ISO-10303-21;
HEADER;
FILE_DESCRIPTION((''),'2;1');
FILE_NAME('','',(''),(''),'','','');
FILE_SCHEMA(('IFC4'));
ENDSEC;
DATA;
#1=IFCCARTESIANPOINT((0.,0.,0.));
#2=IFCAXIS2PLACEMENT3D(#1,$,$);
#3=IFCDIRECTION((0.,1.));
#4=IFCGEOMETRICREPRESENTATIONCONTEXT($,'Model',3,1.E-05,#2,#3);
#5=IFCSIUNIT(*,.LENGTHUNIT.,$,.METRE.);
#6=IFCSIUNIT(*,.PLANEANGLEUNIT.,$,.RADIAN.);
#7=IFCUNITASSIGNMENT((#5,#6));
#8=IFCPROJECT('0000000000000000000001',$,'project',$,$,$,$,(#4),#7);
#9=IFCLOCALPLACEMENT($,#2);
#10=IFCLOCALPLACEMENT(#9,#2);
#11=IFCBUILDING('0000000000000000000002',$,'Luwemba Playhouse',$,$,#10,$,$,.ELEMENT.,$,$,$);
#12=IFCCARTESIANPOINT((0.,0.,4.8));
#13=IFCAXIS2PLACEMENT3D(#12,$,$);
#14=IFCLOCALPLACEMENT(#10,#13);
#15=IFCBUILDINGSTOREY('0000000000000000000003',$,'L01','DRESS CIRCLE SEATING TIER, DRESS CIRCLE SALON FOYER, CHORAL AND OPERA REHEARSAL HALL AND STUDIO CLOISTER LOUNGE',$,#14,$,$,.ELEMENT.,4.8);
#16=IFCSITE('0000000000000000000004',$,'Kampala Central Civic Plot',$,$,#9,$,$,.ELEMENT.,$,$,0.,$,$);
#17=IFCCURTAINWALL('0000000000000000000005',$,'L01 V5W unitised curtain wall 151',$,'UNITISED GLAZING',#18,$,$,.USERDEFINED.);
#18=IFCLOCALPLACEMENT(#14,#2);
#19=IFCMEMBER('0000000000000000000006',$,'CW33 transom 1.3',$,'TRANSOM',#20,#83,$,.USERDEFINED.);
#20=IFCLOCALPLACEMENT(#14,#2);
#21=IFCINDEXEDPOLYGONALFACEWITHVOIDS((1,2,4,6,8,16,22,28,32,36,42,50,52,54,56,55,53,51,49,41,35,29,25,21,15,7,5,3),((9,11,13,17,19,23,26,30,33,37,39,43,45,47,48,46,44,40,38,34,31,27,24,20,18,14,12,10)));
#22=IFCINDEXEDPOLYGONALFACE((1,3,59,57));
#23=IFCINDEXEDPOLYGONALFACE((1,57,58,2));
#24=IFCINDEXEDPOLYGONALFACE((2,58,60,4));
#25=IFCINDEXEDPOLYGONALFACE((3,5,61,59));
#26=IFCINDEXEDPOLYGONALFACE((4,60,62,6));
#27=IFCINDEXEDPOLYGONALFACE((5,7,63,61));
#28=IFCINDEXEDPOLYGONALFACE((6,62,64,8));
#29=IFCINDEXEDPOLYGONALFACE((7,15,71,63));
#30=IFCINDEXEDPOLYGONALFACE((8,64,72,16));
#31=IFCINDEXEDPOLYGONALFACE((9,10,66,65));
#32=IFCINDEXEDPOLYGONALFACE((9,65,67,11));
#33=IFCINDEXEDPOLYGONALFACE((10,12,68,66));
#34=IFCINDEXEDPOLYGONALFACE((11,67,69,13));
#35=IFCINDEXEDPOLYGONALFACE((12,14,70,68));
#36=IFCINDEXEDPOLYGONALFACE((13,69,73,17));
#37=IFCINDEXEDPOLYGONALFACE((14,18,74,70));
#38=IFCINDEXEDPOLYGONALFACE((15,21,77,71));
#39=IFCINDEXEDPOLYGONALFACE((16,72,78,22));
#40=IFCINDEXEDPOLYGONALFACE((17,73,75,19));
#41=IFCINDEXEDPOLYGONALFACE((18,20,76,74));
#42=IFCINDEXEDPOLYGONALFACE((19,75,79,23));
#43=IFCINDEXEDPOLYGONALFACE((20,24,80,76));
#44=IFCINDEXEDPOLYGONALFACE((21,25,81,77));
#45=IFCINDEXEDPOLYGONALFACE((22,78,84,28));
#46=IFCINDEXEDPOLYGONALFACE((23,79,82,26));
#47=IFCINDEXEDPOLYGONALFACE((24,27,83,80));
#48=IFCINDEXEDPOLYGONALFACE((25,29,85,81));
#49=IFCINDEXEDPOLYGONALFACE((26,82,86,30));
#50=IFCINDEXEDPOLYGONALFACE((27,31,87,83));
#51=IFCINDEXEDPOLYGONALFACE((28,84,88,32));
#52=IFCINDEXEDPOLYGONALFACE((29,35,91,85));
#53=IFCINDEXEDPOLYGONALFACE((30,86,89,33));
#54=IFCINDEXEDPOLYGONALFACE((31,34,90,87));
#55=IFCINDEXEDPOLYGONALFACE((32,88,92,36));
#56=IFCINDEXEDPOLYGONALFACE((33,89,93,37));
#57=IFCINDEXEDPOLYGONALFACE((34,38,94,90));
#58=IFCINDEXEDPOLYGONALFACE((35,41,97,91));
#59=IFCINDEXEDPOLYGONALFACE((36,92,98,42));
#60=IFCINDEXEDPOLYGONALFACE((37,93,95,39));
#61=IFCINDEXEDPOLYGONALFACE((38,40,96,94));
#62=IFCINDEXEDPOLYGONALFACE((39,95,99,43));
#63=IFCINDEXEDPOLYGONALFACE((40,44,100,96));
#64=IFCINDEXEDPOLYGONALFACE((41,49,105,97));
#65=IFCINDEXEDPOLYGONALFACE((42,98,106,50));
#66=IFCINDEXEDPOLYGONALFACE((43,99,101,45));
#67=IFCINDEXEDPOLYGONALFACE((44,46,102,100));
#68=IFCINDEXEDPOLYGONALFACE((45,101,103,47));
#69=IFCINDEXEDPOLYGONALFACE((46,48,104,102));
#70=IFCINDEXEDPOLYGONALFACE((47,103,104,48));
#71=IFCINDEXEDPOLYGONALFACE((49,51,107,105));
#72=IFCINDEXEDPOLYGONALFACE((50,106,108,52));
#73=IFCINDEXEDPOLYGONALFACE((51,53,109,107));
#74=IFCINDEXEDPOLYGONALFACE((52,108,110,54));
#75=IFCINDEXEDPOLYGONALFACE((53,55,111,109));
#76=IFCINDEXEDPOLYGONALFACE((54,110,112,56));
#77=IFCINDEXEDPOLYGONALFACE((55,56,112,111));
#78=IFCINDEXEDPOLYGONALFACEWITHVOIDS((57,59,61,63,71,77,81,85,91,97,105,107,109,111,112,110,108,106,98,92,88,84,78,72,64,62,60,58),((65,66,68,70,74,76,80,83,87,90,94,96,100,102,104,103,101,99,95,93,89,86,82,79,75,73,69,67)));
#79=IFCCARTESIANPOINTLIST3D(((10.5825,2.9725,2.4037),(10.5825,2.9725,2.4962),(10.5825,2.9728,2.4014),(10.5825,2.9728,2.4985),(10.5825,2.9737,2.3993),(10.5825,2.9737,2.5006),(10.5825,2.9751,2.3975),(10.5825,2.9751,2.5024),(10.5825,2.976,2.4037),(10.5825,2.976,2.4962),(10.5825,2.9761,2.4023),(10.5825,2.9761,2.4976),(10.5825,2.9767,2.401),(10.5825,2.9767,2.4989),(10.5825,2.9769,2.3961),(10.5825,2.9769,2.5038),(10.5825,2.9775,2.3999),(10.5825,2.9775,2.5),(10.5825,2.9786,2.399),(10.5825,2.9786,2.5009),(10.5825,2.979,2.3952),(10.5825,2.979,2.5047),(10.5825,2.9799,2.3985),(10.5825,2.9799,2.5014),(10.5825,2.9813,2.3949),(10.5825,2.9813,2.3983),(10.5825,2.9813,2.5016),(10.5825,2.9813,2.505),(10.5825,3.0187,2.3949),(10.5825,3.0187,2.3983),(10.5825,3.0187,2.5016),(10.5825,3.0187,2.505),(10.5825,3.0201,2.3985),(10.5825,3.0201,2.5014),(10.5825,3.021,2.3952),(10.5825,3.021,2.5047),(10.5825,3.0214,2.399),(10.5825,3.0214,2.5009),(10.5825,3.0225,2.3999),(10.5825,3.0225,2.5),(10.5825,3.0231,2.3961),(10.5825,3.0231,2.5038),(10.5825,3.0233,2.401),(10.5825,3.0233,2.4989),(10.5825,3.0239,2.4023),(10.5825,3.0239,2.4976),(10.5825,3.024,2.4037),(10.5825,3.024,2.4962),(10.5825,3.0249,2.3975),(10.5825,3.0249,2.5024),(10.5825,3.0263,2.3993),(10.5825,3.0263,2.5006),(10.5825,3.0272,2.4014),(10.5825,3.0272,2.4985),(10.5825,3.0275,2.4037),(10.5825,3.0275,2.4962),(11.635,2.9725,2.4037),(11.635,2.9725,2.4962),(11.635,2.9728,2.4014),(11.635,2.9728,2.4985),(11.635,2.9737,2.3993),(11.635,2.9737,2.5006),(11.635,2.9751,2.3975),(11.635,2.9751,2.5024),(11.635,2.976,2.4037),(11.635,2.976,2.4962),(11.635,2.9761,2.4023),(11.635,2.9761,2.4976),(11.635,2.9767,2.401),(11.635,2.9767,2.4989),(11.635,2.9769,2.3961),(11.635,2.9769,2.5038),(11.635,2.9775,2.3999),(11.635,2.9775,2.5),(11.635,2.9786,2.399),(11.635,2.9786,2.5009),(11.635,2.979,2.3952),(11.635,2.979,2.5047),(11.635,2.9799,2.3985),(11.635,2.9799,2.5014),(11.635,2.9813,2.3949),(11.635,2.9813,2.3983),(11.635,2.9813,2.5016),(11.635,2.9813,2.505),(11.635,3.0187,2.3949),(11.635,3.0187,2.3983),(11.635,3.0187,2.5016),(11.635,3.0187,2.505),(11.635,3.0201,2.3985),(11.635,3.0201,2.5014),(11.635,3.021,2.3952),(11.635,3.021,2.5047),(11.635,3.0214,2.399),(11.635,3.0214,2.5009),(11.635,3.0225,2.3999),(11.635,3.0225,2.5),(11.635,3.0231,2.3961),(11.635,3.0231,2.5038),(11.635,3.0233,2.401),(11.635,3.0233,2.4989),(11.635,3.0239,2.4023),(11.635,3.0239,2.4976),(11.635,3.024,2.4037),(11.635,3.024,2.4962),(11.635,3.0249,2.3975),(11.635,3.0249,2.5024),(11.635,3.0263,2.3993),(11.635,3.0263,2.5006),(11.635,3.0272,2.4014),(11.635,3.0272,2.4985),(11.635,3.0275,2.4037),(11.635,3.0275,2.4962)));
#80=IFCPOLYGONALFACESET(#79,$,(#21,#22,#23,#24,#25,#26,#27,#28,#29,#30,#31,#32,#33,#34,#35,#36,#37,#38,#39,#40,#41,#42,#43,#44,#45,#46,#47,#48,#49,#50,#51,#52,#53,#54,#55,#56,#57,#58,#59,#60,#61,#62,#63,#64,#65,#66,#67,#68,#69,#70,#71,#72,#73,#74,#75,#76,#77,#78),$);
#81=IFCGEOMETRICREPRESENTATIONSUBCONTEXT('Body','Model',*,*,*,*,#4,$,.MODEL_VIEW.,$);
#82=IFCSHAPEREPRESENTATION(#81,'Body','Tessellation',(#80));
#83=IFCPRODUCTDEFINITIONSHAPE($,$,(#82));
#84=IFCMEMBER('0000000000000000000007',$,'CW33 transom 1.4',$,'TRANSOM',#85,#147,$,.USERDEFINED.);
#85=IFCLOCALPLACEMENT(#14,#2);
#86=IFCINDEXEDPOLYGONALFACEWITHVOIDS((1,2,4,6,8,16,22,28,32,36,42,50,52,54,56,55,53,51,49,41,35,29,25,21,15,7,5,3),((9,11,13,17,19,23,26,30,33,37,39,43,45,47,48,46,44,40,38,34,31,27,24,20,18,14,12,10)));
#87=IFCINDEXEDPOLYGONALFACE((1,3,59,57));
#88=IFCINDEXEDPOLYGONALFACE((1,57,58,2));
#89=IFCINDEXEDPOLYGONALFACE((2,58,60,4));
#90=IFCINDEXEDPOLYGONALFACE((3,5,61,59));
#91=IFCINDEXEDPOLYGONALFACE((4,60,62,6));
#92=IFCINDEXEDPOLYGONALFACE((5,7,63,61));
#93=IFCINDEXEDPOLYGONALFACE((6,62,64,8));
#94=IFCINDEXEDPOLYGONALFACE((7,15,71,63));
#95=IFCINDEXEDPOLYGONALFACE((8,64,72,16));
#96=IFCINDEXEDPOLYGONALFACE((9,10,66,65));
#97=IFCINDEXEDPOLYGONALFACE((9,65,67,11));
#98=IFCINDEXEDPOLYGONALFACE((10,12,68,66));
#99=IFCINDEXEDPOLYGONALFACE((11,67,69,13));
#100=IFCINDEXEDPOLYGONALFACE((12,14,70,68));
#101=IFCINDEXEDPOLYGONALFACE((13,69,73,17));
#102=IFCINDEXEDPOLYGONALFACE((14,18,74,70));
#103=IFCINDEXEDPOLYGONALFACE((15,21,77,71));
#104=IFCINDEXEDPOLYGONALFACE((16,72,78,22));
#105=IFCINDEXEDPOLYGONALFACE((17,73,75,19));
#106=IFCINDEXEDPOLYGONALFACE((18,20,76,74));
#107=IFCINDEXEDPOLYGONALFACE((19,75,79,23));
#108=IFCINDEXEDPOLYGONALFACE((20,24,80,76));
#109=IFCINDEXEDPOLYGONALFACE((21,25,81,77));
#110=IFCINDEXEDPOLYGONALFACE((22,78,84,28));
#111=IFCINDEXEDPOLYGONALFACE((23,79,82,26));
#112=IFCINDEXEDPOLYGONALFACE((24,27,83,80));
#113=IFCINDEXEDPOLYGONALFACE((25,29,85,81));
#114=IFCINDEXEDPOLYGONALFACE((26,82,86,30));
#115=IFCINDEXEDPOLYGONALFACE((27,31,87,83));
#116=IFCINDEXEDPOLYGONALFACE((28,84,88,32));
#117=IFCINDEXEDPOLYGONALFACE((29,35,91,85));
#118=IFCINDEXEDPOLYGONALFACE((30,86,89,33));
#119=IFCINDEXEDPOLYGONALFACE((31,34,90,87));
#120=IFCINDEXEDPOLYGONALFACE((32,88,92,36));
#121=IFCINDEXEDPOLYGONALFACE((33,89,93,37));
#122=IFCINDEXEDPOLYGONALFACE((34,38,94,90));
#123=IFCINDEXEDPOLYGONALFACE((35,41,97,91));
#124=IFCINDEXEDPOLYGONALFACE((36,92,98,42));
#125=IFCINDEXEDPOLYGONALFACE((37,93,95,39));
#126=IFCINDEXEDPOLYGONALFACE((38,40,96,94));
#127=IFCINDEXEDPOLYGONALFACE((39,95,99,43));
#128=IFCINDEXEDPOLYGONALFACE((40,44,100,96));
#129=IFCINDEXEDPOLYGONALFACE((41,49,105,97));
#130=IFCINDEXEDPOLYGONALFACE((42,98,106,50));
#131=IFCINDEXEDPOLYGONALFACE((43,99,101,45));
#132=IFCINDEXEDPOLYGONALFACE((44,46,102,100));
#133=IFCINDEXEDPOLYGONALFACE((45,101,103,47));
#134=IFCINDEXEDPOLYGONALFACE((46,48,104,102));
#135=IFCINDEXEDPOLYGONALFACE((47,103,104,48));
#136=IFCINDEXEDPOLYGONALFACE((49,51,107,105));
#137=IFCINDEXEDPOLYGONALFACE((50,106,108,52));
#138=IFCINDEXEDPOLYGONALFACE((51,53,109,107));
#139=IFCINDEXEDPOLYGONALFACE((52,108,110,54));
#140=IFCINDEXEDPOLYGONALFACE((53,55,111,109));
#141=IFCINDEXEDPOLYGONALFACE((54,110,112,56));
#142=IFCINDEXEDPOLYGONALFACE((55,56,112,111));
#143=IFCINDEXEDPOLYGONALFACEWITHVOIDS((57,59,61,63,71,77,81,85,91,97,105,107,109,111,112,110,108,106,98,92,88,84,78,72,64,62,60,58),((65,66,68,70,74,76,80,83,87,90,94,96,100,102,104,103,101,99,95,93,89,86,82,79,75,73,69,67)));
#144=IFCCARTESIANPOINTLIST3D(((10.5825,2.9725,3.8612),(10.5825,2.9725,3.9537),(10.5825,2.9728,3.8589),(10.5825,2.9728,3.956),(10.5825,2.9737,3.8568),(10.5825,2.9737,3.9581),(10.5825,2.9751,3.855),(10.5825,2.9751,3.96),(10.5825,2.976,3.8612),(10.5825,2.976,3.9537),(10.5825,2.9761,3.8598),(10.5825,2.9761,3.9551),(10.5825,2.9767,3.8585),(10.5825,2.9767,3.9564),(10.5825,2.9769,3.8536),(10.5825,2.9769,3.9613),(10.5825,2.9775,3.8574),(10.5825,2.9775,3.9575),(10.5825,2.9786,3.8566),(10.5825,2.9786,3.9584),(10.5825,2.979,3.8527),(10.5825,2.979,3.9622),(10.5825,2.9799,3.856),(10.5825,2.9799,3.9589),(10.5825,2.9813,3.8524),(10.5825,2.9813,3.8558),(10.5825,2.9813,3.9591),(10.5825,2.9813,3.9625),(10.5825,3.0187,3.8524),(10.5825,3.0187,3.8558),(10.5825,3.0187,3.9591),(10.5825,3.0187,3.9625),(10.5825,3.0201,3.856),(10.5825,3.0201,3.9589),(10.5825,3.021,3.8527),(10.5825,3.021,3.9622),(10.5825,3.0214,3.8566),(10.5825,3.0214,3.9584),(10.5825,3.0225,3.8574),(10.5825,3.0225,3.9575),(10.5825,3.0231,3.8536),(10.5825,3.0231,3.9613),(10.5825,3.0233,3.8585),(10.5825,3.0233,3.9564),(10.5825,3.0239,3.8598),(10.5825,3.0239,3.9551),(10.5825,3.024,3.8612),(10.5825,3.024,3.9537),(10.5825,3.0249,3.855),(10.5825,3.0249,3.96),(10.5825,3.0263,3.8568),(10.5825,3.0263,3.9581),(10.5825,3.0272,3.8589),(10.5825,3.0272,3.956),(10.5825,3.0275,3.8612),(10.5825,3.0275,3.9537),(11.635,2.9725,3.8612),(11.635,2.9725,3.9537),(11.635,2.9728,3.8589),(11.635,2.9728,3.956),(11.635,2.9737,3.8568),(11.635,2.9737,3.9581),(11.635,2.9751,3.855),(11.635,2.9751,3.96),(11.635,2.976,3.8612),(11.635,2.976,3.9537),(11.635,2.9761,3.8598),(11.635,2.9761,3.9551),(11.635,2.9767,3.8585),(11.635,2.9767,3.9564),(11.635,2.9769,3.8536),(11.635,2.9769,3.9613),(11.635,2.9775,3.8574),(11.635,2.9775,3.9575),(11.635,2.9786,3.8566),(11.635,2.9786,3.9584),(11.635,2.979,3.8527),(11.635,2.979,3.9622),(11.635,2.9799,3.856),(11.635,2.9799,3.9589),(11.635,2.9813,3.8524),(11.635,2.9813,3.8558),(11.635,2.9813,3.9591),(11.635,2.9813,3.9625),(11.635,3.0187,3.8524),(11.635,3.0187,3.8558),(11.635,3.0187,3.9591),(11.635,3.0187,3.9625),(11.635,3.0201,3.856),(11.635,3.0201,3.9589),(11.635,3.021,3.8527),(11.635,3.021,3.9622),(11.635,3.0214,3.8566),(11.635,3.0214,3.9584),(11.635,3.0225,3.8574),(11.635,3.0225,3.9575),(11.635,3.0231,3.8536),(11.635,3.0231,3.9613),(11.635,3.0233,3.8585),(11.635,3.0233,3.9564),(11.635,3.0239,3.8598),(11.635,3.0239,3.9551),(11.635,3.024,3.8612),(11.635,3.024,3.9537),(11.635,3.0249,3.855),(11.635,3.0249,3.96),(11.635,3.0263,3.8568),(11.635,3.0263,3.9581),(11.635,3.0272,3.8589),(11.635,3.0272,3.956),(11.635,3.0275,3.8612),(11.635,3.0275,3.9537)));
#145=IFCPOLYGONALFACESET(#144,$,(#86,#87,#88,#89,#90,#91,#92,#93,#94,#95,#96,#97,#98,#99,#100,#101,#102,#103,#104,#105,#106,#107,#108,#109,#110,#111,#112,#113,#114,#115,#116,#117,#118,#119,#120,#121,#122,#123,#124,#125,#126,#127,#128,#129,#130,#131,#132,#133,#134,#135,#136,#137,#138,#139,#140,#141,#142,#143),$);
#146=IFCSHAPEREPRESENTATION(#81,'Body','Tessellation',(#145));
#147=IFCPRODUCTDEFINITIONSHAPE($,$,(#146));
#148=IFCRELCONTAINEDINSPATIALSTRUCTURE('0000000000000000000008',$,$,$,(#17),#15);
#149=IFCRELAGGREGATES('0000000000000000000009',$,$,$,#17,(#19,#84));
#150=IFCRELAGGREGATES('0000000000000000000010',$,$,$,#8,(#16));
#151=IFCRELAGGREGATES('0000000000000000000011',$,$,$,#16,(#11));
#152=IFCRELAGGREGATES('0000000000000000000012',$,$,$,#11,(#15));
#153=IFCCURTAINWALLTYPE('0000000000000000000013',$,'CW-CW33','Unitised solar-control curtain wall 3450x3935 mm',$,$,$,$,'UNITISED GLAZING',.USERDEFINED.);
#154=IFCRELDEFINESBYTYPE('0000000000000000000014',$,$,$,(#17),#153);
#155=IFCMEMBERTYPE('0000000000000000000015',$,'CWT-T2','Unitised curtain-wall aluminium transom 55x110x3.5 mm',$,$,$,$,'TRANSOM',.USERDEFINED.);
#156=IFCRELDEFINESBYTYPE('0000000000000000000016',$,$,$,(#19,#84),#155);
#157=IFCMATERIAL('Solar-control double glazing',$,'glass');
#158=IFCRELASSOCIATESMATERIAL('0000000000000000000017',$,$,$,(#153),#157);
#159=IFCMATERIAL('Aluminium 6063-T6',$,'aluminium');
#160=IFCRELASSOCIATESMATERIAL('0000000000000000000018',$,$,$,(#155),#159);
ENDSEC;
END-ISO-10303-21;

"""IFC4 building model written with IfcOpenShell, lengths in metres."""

from ifc_helpers import new_model, si_unit, direction, frame, origin, origin_2d, place, context, subcontext, project, spatial, hollow_rectangle, extrude, material, material_profile, profile_set, type_object, element, aggregate, save


model = new_model("IFC4")

# Units and contexts
model_context = context("Model", 3, precision=1e-05, world=origin(), true_north=direction((0.0, 1.0)))
body_context = subcontext(model_context, "Body", "Model", "MODEL_VIEW")
ifc_project = project(units=[si_unit("LENGTHUNIT", "METRE"), si_unit("PLANEANGLEUNIT", "RADIAN")], contexts=[model_context])

# Site, building, storey
site_placement = place(None, origin())
site = spatial("IfcSite", under=ifc_project, at=site_placement, Name="Kampala Central Civic Plot", CompositionType="ELEMENT", RefElevation=0.0)
building_placement = place(site_placement, origin())
building = spatial("IfcBuilding", under=site, at=building_placement, Name="Luwemba Playhouse", CompositionType="ELEMENT")
storey_placement = place(building_placement, frame((0.0, 0.0, 4.8)))
storey = spatial("IfcBuildingStorey", under=building, at=storey_placement, Name="L01", Description="DRESS CIRCLE SEATING TIER, DRESS CIRCLE SALON FOYER, CHORAL AND OPERA REHEARSAL HALL AND STUDIO CLOISTER LOUNGE", CompositionType="ELEMENT", Elevation=4.8)

# Shared definitions
ifc_material_1 = material(Name="Solar-control double glazing", Category="glass")
ifc_material_2 = material(Name="Aluminium 6063-T6", Category="aluminium")

# Curtain wall
curtain_wall_type_1 = type_object("IfcCurtainWallType", Name="CW-CW33", Description="Unitised solar-control curtain wall 3450x3935 mm", ElementType="UNITISED GLAZING", PredefinedType="USERDEFINED", material=ifc_material_1)
curtain_wall_1_placement = place(storey_placement, origin())
curtain_wall_1 = element("IfcCurtainWall", 1, at=curtain_wall_1_placement, inside=storey, type_object=curtain_wall_type_1, Name="L01 V5W unitised curtain wall 151", ObjectType="UNITISED GLAZING", PredefinedType="USERDEFINED")

# Members
ifc_material_profile_1 = material_profile(ifc_material_2, hollow_rectangle(XDim=0.0549, YDim=0.1101, WallThickness=0.0034, InnerFilletRadius=0.0054, OuterFilletRadius=0.0088, at=origin_2d()))
ifc_profile_set_1 = profile_set([ifc_material_profile_1], Name="Aluminium 6063-T6")
member_type_1 = type_object("IfcMemberType", Name="CWT-T2", Description="Unitised curtain-wall aluminium transom 55x110x3.5 mm", ElementType="TRANSOM", PredefinedType="USERDEFINED", material=ifc_profile_set_1)
member_1_placement = place(storey_placement, frame((11.635, 3.0, 2.45), z_axis=(-1.0, 0.0, 0.0), x_axis=(0.0, -1.0, 0.0)))
member_1 = element("IfcMember", 2, at=member_1_placement, type_object=member_type_1, Name="CW33 transom 1.3", ObjectType="TRANSOM", PredefinedType="USERDEFINED", context=body_context, shape_type="SweptSolid", body=[
    extrude(hollow_rectangle(XDim=0.0549, YDim=0.1101, WallThickness=0.0034, InnerFilletRadius=0.0054, OuterFilletRadius=0.0088, at=origin_2d()), origin(), (0.0, 0.0, 1.0), 1.0525),
])
member_2_placement = place(storey_placement, frame((11.635, 3.0, 3.9075), z_axis=(-1.0, 0.0, 0.0), x_axis=(0.0, -1.0, 0.0)))
member_2 = element("IfcMember", 3, at=member_2_placement, type_object=member_type_1, Name="CW33 transom 1.4", ObjectType="TRANSOM", PredefinedType="USERDEFINED", context=body_context, shape_type="SweptSolid", body=[
    extrude(hollow_rectangle(XDim=0.0549, YDim=0.1101, WallThickness=0.0034, InnerFilletRadius=0.0054, OuterFilletRadius=0.0088, at=origin_2d()), origin(), (0.0, 0.0, 1.0), 1.0525),
])

aggregate(curtain_wall_1, [member_1, member_2])

save(model, "model.ifc")
